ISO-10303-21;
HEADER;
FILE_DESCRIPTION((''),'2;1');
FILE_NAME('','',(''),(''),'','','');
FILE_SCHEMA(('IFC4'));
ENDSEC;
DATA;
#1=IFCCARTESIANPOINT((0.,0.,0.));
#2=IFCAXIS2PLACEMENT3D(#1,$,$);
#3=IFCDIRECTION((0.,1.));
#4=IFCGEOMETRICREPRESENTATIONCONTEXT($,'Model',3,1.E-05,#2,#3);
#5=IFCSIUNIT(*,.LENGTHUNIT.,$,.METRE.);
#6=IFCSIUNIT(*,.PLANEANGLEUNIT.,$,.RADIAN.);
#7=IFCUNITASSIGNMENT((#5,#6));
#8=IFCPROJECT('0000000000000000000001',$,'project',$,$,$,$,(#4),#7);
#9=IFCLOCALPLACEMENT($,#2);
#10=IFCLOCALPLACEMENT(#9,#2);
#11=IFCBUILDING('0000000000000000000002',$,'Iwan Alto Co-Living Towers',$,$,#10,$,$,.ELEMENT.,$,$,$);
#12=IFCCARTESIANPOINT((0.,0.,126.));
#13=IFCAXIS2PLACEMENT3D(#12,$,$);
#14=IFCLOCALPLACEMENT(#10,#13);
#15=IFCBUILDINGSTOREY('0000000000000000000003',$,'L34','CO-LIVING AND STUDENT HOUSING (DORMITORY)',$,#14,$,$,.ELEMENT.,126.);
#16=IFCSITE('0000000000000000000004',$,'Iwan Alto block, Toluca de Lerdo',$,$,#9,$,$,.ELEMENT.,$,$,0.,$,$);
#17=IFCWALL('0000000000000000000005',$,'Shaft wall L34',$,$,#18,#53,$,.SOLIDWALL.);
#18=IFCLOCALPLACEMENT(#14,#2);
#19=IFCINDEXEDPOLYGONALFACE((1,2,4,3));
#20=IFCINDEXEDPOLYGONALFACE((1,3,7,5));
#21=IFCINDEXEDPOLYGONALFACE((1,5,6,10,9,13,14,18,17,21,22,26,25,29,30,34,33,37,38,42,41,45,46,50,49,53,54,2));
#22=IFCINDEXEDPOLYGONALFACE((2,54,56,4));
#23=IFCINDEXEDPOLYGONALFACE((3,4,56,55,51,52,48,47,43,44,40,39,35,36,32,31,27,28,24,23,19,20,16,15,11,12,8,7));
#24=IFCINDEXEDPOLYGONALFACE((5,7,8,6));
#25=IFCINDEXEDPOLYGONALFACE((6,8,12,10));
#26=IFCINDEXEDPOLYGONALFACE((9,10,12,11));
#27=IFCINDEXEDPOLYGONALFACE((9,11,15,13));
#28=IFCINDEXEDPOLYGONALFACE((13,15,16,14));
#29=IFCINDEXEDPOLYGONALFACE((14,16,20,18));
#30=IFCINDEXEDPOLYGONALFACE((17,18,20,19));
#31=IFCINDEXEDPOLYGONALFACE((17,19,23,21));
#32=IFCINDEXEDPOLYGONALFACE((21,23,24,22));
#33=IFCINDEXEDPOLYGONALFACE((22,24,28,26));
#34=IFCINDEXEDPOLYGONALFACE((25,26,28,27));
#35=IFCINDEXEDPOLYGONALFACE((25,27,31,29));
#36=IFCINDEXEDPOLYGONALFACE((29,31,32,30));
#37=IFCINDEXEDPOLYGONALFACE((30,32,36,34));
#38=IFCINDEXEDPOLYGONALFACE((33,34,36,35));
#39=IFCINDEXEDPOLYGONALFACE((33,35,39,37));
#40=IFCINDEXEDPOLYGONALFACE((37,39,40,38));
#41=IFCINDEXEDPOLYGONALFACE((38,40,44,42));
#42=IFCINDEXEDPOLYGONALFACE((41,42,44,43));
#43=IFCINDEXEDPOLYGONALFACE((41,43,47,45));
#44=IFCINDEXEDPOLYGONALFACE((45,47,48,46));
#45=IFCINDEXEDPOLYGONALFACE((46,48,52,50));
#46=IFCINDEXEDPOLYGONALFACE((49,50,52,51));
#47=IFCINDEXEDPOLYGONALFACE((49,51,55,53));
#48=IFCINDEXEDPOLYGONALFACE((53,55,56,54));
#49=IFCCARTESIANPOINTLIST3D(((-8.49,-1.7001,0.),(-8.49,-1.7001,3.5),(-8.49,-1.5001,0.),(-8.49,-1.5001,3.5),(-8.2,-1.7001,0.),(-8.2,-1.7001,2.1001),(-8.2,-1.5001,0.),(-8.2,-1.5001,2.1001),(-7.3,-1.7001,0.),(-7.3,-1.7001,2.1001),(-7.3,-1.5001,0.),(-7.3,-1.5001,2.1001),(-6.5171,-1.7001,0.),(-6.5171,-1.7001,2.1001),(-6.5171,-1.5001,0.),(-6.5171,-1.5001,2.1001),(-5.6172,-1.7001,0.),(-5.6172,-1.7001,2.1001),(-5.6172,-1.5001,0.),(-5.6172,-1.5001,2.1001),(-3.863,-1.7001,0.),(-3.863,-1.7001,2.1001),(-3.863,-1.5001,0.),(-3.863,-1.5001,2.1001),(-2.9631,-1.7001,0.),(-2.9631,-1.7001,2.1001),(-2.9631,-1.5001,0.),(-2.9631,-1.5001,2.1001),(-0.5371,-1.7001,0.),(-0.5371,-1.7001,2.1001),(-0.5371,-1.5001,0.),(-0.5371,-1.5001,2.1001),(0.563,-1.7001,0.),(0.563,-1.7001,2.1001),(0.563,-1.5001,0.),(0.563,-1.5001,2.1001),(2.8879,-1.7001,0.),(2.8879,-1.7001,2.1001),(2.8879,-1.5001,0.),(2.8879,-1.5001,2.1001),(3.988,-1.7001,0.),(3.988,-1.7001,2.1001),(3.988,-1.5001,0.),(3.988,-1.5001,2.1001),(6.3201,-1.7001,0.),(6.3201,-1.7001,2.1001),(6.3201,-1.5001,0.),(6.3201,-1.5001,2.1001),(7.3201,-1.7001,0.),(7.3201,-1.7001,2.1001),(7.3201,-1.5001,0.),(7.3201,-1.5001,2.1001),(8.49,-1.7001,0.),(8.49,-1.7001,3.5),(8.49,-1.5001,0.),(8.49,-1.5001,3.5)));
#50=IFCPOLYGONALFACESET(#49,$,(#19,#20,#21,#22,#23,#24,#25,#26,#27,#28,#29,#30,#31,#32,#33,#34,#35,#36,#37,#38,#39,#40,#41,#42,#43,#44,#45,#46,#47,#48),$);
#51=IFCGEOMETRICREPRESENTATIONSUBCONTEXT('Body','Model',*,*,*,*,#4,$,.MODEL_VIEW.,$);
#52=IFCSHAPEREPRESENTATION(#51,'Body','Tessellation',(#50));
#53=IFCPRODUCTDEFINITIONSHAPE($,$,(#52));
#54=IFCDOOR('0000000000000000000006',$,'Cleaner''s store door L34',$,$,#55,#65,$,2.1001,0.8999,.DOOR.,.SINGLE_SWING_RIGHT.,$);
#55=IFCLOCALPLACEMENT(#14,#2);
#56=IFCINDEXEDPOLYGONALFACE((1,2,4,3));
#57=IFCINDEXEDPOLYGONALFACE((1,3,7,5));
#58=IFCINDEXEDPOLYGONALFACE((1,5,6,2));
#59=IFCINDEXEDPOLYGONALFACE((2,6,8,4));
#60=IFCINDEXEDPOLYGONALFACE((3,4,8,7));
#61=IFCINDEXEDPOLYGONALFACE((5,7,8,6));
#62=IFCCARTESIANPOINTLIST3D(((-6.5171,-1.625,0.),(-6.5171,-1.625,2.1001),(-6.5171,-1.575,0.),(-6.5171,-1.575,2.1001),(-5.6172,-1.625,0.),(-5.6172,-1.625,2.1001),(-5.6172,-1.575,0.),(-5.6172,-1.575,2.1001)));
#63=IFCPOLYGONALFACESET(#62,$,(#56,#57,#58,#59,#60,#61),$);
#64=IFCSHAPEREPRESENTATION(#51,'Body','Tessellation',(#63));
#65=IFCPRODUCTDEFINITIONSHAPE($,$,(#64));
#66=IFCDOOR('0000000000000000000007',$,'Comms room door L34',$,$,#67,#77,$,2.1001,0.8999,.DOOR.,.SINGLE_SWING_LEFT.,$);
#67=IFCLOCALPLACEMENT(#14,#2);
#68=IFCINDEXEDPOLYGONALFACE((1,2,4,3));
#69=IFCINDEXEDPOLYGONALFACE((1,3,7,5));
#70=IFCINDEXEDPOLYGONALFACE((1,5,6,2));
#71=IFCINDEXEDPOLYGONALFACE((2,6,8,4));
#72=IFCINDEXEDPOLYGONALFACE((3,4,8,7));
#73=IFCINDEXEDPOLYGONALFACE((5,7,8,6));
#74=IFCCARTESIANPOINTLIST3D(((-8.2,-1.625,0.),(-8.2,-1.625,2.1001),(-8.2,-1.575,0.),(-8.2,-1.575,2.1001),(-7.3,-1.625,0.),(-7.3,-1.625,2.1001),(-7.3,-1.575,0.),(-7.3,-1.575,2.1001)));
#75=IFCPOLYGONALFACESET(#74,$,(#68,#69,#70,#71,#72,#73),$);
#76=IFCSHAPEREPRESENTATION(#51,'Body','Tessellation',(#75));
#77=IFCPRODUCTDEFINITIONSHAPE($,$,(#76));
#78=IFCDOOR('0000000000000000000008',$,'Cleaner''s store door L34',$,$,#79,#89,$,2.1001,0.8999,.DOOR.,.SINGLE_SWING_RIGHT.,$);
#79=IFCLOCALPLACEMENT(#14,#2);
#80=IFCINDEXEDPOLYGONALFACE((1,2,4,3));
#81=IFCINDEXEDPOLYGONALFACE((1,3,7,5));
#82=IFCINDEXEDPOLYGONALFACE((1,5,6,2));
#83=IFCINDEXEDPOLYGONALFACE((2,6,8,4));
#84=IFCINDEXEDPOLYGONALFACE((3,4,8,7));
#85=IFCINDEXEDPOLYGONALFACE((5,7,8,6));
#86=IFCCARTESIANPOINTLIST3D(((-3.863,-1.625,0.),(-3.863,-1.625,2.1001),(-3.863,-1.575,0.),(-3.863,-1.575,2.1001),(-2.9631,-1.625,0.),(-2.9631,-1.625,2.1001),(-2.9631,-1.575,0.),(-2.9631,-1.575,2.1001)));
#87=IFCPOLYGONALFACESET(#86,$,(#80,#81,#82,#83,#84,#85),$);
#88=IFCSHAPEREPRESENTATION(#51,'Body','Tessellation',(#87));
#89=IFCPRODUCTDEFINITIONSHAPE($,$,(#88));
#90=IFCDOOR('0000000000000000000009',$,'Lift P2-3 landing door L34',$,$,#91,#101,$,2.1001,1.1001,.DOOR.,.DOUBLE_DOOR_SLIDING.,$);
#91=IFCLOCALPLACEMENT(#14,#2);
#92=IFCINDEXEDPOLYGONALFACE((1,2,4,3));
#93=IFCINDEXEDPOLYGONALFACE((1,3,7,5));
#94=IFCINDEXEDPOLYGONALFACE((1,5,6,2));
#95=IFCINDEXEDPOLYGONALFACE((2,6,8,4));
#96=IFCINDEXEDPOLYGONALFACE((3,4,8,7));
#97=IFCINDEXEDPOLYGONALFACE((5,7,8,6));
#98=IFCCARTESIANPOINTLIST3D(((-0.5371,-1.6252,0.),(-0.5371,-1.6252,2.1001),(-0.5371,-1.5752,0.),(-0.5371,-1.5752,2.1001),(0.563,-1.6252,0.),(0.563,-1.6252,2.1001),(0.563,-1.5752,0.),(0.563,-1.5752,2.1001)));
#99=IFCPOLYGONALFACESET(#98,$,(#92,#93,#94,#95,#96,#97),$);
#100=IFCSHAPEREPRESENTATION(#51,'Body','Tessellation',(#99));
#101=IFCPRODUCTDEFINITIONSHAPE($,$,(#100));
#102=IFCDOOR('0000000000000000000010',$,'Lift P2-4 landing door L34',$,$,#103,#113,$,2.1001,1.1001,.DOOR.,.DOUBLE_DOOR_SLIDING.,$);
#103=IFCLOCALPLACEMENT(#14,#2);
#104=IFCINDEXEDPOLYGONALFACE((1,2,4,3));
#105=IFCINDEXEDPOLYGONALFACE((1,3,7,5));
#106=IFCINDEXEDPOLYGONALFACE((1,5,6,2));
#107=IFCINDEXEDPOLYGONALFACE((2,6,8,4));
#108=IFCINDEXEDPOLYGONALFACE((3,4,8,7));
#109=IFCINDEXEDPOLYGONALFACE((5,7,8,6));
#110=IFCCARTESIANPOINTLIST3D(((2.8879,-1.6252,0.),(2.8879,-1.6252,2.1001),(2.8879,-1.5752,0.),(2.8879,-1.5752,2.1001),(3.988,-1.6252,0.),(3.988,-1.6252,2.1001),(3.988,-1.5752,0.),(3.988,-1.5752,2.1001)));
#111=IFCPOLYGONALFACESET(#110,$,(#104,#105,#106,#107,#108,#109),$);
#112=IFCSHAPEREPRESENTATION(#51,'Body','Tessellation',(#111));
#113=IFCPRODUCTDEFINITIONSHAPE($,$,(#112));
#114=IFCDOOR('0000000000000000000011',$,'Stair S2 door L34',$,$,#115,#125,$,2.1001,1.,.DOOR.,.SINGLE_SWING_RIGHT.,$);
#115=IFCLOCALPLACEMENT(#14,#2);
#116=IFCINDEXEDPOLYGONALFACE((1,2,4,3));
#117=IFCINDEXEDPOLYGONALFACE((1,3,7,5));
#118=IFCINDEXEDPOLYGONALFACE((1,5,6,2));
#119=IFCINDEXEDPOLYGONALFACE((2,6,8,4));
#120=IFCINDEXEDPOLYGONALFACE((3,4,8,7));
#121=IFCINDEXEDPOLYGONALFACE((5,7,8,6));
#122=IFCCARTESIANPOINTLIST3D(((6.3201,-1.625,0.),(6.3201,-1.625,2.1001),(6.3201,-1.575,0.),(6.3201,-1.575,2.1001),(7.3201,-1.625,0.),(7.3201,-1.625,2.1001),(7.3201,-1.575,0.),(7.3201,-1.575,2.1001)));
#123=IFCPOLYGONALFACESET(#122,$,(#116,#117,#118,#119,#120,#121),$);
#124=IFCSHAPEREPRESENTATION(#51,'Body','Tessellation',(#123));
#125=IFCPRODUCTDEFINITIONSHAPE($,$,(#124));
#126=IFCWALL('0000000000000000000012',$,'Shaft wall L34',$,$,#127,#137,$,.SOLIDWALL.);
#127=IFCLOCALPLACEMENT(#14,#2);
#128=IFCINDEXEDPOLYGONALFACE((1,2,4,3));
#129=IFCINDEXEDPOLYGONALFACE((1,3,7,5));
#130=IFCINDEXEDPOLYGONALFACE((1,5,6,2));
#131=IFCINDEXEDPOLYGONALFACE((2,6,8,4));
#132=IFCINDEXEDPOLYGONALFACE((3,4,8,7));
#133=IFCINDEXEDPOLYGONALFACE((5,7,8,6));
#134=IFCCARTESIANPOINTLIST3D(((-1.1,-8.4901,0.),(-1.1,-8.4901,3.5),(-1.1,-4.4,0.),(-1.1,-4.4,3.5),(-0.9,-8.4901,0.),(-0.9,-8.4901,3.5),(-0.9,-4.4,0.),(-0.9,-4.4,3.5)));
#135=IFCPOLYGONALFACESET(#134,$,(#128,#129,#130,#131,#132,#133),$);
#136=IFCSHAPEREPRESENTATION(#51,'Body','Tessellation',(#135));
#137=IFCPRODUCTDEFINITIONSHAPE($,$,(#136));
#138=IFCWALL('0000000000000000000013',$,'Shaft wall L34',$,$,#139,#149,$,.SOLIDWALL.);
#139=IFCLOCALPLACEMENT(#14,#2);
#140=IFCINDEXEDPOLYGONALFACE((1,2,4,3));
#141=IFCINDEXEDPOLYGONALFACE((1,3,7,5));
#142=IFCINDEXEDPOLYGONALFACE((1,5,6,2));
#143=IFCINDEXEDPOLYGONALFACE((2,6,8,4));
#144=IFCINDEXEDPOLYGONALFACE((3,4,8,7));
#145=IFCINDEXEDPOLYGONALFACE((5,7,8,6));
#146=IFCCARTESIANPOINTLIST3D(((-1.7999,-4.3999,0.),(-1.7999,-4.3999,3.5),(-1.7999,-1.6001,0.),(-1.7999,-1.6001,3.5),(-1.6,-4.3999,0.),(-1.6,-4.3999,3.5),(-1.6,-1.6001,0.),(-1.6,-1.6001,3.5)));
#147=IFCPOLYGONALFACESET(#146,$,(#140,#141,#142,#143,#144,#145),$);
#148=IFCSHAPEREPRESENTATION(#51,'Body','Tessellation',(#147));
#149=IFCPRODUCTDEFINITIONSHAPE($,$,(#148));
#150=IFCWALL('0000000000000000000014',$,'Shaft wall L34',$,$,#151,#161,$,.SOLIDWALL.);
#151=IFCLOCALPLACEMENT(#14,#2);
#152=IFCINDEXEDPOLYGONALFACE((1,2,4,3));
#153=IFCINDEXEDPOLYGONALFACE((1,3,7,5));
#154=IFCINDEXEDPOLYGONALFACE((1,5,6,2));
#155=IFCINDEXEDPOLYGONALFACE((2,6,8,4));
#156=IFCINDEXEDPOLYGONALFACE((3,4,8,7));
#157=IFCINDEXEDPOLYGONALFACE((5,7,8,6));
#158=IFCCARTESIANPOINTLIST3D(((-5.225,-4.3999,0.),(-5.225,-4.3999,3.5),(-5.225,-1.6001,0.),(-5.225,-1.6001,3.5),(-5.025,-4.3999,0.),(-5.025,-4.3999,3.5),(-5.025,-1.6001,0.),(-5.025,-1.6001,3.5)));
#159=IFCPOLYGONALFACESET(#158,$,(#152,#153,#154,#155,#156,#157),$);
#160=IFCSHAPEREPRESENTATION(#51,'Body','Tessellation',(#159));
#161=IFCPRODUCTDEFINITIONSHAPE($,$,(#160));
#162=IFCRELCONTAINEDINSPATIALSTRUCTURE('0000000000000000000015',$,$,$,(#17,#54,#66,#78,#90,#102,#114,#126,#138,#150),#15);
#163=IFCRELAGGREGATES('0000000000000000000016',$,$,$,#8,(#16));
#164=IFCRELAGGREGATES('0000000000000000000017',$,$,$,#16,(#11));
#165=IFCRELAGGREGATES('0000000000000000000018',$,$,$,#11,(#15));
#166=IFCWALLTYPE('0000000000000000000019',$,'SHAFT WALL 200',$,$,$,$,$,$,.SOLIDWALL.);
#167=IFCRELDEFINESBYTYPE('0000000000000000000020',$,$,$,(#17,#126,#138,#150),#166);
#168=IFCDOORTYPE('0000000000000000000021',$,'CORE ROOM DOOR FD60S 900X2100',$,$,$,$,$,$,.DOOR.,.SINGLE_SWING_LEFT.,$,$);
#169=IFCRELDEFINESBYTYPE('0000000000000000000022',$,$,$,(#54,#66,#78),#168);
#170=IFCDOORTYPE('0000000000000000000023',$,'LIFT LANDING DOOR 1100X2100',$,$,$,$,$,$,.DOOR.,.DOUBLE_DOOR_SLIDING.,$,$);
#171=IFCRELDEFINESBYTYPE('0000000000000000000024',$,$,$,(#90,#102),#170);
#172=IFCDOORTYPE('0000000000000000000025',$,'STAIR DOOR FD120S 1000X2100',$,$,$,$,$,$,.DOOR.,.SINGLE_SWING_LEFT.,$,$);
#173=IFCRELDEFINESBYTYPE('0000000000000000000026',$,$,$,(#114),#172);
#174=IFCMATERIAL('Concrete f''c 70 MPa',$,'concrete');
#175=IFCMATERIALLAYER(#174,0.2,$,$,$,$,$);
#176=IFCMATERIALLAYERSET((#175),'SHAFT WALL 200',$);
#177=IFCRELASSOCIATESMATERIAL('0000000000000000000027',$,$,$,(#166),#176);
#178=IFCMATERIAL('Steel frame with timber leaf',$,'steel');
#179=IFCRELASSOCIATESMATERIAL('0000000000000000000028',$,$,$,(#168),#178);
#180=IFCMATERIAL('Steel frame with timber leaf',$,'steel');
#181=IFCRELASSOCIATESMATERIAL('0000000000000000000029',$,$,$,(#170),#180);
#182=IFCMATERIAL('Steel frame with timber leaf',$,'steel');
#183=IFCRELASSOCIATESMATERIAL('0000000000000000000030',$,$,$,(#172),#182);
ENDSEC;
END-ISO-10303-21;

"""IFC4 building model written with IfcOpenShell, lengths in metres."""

from ifc_helpers import new_model, si_unit, direction, frame, frame_2d, origin, place, context, subcontext, project, spatial, rectangle, extrude, material, layer, layer_set, type_object, element, fill, save


model = new_model("IFC4")

# Units and contexts
model_context = context("Model", 3, precision=1e-05, world=origin(), true_north=direction((0.0, 1.0)))
body_context = subcontext(model_context, "Body", "Model", "MODEL_VIEW")
ifc_project = project(units=[si_unit("LENGTHUNIT", "METRE"), si_unit("PLANEANGLEUNIT", "RADIAN")], contexts=[model_context])

# Site, building, storey
site_placement = place(None, origin())
site = spatial("IfcSite", under=ifc_project, at=site_placement, Name="Iwan Alto block, Toluca de Lerdo", CompositionType="ELEMENT", RefElevation=0.0)
building_placement = place(site_placement, origin())
building = spatial("IfcBuilding", under=site, at=building_placement, Name="Iwan Alto Co-Living Towers", CompositionType="ELEMENT")
storey_placement = place(building_placement, frame((0.0, 0.0, 126.0)))
storey = spatial("IfcBuildingStorey", under=building, at=storey_placement, Name="L34", Description="CO-LIVING AND STUDENT HOUSING (DORMITORY)", CompositionType="ELEMENT", Elevation=126.0)

# Shared definitions
ifc_material_1 = material(Name="Concrete f'c 70 MPa", Category="concrete")
ifc_layer_1 = layer(ifc_material_1, 0.2)
ifc_layer_set_1 = layer_set([ifc_layer_1], Name="SHAFT WALL 200")
wall_type_1 = type_object("IfcWallType", Name="SHAFT WALL 200", PredefinedType="SOLIDWALL", material=ifc_layer_set_1)

# Wall, openings, doors
wall_1_placement = place(storey_placement, frame((-8.49, -1.6001, 0.0), z_axis=(0.0, 0.0, 1.0), x_axis=(1.0, 0.0, 0.0)))
wall_1 = element("IfcWall", 1, at=wall_1_placement, inside=storey, type_object=wall_type_1, Name="Shaft wall L34", PredefinedType="SOLIDWALL", context=body_context, shape_type="SweptSolid", body=[
    extrude(rectangle(XDim=16.98, YDim=0.2, at=frame_2d((8.49, 0.0))), origin(), (0.0, 0.0, 1.0), 3.5),
])
opening_1_placement = place(wall_1_placement, frame((14.8101, 0.0, 0.0)))
opening_1 = element("IfcOpeningElement", 2, at=opening_1_placement, cuts=wall_1, PredefinedType="OPENING", context=body_context, shape_type="SweptSolid", body=[
    extrude(rectangle(XDim=1.0, YDim=2.1001, at=frame_2d((0.5, 1.05))), frame((0.0, 0.1099, 0.0), z_axis=(0.0, -1.0, 0.0), x_axis=(1.0, 0.0, 0.0)), (0.0, 0.0, 1.0), 0.22),
])
opening_2_placement = place(wall_1_placement, frame((1.9729, 0.0, 0.0)))
opening_2 = element("IfcOpeningElement", 3, at=opening_2_placement, cuts=wall_1, PredefinedType="OPENING", context=body_context, shape_type="SweptSolid", body=[
    extrude(rectangle(XDim=0.8999, YDim=2.1001, at=frame_2d((0.45, 1.05))), frame((0.0, 0.1099, 0.0), z_axis=(0.0, -1.0, 0.0), x_axis=(1.0, 0.0, 0.0)), (0.0, 0.0, 1.0), 0.22),
])
opening_3_placement = place(wall_1_placement, frame((0.29, 0.0, 0.0)))
opening_3 = element("IfcOpeningElement", 4, at=opening_3_placement, cuts=wall_1, PredefinedType="OPENING", context=body_context, shape_type="SweptSolid", body=[
    extrude(rectangle(XDim=0.8999, YDim=2.1001, at=frame_2d((0.45, 1.05))), frame((0.0, 0.1099, 0.0), z_axis=(0.0, -1.0, 0.0), x_axis=(1.0, 0.0, 0.0)), (0.0, 0.0, 1.0), 0.22),
])
opening_4_placement = place(wall_1_placement, frame((4.627, 0.0, 0.0)))
opening_4 = element("IfcOpeningElement", 5, at=opening_4_placement, cuts=wall_1, PredefinedType="OPENING", context=body_context, shape_type="SweptSolid", body=[
    extrude(rectangle(XDim=0.8999, YDim=2.1001, at=frame_2d((0.45, 1.05))), frame((0.0, 0.1099, 0.0), z_axis=(0.0, -1.0, 0.0), x_axis=(1.0, 0.0, 0.0)), (0.0, 0.0, 1.0), 0.22),
])
opening_5_placement = place(wall_1_placement, frame((7.9529, 0.0, 0.0)))
opening_5 = element("IfcOpeningElement", 6, at=opening_5_placement, cuts=wall_1, PredefinedType="OPENING", context=body_context, shape_type="SweptSolid", body=[
    extrude(rectangle(XDim=1.1001, YDim=2.1001, at=frame_2d((0.55, 1.05))), frame((0.0, 0.1099, 0.0), z_axis=(0.0, -1.0, 0.0), x_axis=(1.0, 0.0, 0.0)), (0.0, 0.0, 1.0), 0.22),
])
opening_6_placement = place(wall_1_placement, frame((11.3779, 0.0, 0.0)))
opening_6 = element("IfcOpeningElement", 7, at=opening_6_placement, cuts=wall_1, PredefinedType="OPENING", context=body_context, shape_type="SweptSolid", body=[
    extrude(rectangle(XDim=1.1001, YDim=2.1001, at=frame_2d((0.55, 1.05))), frame((0.0, 0.1099, 0.0), z_axis=(0.0, -1.0, 0.0), x_axis=(1.0, 0.0, 0.0)), (0.0, 0.0, 1.0), 0.22),
])
ifc_material_2 = material(Name="Steel frame with timber leaf", Category="steel")
door_type_1 = type_object("IfcDoorType", Name="CORE ROOM DOOR FD60S 900X2100", OperationType="SINGLE_SWING_LEFT", PredefinedType="DOOR", material=ifc_material_2)
door_1_placement = place(opening_2_placement, frame((0.8999, 0.0, 0.0), z_axis=(0.0, 0.0, 1.0), x_axis=(-1.0, 0.0, 0.0)))
door_1 = element("IfcDoor", 8, at=door_1_placement, inside=storey, type_object=door_type_1, Name="Cleaner's store door L34", OperationType="SINGLE_SWING_RIGHT", OverallHeight=2.1001, OverallWidth=0.8999, PredefinedType="DOOR", context=body_context, shape_type="SweptSolid", body=[
    extrude(rectangle(XDim=0.8999, YDim=2.1001, at=frame_2d((0.45, 1.05))), frame((0.0, 0.0249, 0.0), z_axis=(0.0, -1.0, 0.0), x_axis=(1.0, 0.0, 0.0)), (0.0, 0.0, 1.0), 0.05),
])
fill(opening_2, door_1)
door_2_placement = place(opening_3_placement, frame((0.8999, 0.0, 0.0), z_axis=(0.0, 0.0, 1.0), x_axis=(-1.0, 0.0, 0.0)))
door_2 = element("IfcDoor", 9, at=door_2_placement, inside=storey, type_object=door_type_1, Name="Comms room door L34", OperationType="SINGLE_SWING_LEFT", OverallHeight=2.1001, OverallWidth=0.8999, PredefinedType="DOOR", context=body_context, shape_type="SweptSolid", body=[
    extrude(rectangle(XDim=0.8999, YDim=2.1001, at=frame_2d((0.45, 1.05))), frame((0.0, 0.0249, 0.0), z_axis=(0.0, -1.0, 0.0), x_axis=(1.0, 0.0, 0.0)), (0.0, 0.0, 1.0), 0.05),
])
fill(opening_3, door_2)
door_3_placement = place(opening_4_placement, frame((0.8999, 0.0, 0.0), z_axis=(0.0, 0.0, 1.0), x_axis=(-1.0, 0.0, 0.0)))
door_3 = element("IfcDoor", 10, at=door_3_placement, inside=storey, type_object=door_type_1, Name="Cleaner's store door L34", OperationType="SINGLE_SWING_RIGHT", OverallHeight=2.1001, OverallWidth=0.8999, PredefinedType="DOOR", context=body_context, shape_type="SweptSolid", body=[
    extrude(rectangle(XDim=0.8999, YDim=2.1001, at=frame_2d((0.45, 1.05))), frame((0.0, 0.0249, 0.0), z_axis=(0.0, -1.0, 0.0), x_axis=(1.0, 0.0, 0.0)), (0.0, 0.0, 1.0), 0.05),
])
fill(opening_4, door_3)
ifc_material_3 = material(Name="Steel frame with timber leaf", Category="steel")
door_type_2 = type_object("IfcDoorType", Name="LIFT LANDING DOOR 1100X2100", OperationType="DOUBLE_DOOR_SLIDING", PredefinedType="DOOR", material=ifc_material_3)
door_4_placement = place(opening_5_placement, origin())
door_4 = element("IfcDoor", 11, at=door_4_placement, inside=storey, type_object=door_type_2, Name="Lift P2-3 landing door L34", OperationType="DOUBLE_DOOR_SLIDING", OverallHeight=2.1001, OverallWidth=1.1001, PredefinedType="DOOR", context=body_context, shape_type="SweptSolid", body=[
    extrude(rectangle(XDim=1.1001, YDim=2.1001, at=frame_2d((0.55, 1.05))), frame((0.0, 0.0249, 0.0), z_axis=(0.0, -1.0, 0.0), x_axis=(1.0, 0.0, 0.0)), (0.0, 0.0, 1.0), 0.05),
])
fill(opening_5, door_4)
door_5_placement = place(opening_6_placement, origin())
door_5 = element("IfcDoor", 12, at=door_5_placement, inside=storey, type_object=door_type_2, Name="Lift P2-4 landing door L34", OperationType="DOUBLE_DOOR_SLIDING", OverallHeight=2.1001, OverallWidth=1.1001, PredefinedType="DOOR", context=body_context, shape_type="SweptSolid", body=[
    extrude(rectangle(XDim=1.1001, YDim=2.1001, at=frame_2d((0.55, 1.05))), frame((0.0, 0.0249, 0.0), z_axis=(0.0, -1.0, 0.0), x_axis=(1.0, 0.0, 0.0)), (0.0, 0.0, 1.0), 0.05),
])
fill(opening_6, door_5)
ifc_material_4 = material(Name="Steel frame with timber leaf", Category="steel")
door_type_3 = type_object("IfcDoorType", Name="STAIR DOOR FD120S 1000X2100", OperationType="SINGLE_SWING_LEFT", PredefinedType="DOOR", material=ifc_material_4)
door_6_placement = place(opening_1_placement, frame((1.0, 0.0, 0.0), z_axis=(0.0, 0.0, 1.0), x_axis=(-1.0, 0.0, 0.0)))
door_6 = element("IfcDoor", 13, at=door_6_placement, inside=storey, type_object=door_type_3, Name="Stair S2 door L34", OperationType="SINGLE_SWING_RIGHT", OverallHeight=2.1001, OverallWidth=1.0, PredefinedType="DOOR", context=body_context, shape_type="SweptSolid", body=[
    extrude(rectangle(XDim=1.0, YDim=2.1001, at=frame_2d((0.5, 1.05))), frame((0.0, 0.0249, 0.0), z_axis=(0.0, -1.0, 0.0), x_axis=(1.0, 0.0, 0.0)), (0.0, 0.0, 1.0), 0.05),
])
fill(opening_1, door_6)

# Walls
wall_2_placement = place(storey_placement, frame((-1.0, -8.49, 0.0), z_axis=(0.0, 0.0, 1.0), x_axis=(0.0, 1.0, 0.0)))
element("IfcWall", 14, at=wall_2_placement, inside=storey, type_object=wall_type_1, Name="Shaft wall L34", PredefinedType="SOLIDWALL", context=body_context, shape_type="SweptSolid", body=[
    extrude(rectangle(XDim=4.0901, YDim=0.2, at=frame_2d((2.0449, 0.0))), origin(), (0.0, 0.0, 1.0), 3.5),
])
for number, where, z_axis, x_axis, name in (
    (15, (-1.7, -4.3999, 0.0), (0.0, 0.0, 1.0), (0.0, 1.0, 0.0), "Shaft wall L34"),
    (16, (-5.125, -4.3999, 0.0), (0.0, 0.0, 1.0), (0.0, 1.0, 0.0), "Shaft wall L34"),
):
    element("IfcWall", number, at=place(storey_placement, frame(where, z_axis=z_axis, x_axis=x_axis)), inside=storey, type_object=wall_type_1, Name=name, PredefinedType="SOLIDWALL", context=body_context, shape_type="SweptSolid", body=[
        extrude(rectangle(XDim=2.7998, YDim=0.2, at=frame_2d((1.3999, 0.0))), origin(), (0.0, 0.0, 1.0), 3.5),
    ])

save(model, "model.ifc")
